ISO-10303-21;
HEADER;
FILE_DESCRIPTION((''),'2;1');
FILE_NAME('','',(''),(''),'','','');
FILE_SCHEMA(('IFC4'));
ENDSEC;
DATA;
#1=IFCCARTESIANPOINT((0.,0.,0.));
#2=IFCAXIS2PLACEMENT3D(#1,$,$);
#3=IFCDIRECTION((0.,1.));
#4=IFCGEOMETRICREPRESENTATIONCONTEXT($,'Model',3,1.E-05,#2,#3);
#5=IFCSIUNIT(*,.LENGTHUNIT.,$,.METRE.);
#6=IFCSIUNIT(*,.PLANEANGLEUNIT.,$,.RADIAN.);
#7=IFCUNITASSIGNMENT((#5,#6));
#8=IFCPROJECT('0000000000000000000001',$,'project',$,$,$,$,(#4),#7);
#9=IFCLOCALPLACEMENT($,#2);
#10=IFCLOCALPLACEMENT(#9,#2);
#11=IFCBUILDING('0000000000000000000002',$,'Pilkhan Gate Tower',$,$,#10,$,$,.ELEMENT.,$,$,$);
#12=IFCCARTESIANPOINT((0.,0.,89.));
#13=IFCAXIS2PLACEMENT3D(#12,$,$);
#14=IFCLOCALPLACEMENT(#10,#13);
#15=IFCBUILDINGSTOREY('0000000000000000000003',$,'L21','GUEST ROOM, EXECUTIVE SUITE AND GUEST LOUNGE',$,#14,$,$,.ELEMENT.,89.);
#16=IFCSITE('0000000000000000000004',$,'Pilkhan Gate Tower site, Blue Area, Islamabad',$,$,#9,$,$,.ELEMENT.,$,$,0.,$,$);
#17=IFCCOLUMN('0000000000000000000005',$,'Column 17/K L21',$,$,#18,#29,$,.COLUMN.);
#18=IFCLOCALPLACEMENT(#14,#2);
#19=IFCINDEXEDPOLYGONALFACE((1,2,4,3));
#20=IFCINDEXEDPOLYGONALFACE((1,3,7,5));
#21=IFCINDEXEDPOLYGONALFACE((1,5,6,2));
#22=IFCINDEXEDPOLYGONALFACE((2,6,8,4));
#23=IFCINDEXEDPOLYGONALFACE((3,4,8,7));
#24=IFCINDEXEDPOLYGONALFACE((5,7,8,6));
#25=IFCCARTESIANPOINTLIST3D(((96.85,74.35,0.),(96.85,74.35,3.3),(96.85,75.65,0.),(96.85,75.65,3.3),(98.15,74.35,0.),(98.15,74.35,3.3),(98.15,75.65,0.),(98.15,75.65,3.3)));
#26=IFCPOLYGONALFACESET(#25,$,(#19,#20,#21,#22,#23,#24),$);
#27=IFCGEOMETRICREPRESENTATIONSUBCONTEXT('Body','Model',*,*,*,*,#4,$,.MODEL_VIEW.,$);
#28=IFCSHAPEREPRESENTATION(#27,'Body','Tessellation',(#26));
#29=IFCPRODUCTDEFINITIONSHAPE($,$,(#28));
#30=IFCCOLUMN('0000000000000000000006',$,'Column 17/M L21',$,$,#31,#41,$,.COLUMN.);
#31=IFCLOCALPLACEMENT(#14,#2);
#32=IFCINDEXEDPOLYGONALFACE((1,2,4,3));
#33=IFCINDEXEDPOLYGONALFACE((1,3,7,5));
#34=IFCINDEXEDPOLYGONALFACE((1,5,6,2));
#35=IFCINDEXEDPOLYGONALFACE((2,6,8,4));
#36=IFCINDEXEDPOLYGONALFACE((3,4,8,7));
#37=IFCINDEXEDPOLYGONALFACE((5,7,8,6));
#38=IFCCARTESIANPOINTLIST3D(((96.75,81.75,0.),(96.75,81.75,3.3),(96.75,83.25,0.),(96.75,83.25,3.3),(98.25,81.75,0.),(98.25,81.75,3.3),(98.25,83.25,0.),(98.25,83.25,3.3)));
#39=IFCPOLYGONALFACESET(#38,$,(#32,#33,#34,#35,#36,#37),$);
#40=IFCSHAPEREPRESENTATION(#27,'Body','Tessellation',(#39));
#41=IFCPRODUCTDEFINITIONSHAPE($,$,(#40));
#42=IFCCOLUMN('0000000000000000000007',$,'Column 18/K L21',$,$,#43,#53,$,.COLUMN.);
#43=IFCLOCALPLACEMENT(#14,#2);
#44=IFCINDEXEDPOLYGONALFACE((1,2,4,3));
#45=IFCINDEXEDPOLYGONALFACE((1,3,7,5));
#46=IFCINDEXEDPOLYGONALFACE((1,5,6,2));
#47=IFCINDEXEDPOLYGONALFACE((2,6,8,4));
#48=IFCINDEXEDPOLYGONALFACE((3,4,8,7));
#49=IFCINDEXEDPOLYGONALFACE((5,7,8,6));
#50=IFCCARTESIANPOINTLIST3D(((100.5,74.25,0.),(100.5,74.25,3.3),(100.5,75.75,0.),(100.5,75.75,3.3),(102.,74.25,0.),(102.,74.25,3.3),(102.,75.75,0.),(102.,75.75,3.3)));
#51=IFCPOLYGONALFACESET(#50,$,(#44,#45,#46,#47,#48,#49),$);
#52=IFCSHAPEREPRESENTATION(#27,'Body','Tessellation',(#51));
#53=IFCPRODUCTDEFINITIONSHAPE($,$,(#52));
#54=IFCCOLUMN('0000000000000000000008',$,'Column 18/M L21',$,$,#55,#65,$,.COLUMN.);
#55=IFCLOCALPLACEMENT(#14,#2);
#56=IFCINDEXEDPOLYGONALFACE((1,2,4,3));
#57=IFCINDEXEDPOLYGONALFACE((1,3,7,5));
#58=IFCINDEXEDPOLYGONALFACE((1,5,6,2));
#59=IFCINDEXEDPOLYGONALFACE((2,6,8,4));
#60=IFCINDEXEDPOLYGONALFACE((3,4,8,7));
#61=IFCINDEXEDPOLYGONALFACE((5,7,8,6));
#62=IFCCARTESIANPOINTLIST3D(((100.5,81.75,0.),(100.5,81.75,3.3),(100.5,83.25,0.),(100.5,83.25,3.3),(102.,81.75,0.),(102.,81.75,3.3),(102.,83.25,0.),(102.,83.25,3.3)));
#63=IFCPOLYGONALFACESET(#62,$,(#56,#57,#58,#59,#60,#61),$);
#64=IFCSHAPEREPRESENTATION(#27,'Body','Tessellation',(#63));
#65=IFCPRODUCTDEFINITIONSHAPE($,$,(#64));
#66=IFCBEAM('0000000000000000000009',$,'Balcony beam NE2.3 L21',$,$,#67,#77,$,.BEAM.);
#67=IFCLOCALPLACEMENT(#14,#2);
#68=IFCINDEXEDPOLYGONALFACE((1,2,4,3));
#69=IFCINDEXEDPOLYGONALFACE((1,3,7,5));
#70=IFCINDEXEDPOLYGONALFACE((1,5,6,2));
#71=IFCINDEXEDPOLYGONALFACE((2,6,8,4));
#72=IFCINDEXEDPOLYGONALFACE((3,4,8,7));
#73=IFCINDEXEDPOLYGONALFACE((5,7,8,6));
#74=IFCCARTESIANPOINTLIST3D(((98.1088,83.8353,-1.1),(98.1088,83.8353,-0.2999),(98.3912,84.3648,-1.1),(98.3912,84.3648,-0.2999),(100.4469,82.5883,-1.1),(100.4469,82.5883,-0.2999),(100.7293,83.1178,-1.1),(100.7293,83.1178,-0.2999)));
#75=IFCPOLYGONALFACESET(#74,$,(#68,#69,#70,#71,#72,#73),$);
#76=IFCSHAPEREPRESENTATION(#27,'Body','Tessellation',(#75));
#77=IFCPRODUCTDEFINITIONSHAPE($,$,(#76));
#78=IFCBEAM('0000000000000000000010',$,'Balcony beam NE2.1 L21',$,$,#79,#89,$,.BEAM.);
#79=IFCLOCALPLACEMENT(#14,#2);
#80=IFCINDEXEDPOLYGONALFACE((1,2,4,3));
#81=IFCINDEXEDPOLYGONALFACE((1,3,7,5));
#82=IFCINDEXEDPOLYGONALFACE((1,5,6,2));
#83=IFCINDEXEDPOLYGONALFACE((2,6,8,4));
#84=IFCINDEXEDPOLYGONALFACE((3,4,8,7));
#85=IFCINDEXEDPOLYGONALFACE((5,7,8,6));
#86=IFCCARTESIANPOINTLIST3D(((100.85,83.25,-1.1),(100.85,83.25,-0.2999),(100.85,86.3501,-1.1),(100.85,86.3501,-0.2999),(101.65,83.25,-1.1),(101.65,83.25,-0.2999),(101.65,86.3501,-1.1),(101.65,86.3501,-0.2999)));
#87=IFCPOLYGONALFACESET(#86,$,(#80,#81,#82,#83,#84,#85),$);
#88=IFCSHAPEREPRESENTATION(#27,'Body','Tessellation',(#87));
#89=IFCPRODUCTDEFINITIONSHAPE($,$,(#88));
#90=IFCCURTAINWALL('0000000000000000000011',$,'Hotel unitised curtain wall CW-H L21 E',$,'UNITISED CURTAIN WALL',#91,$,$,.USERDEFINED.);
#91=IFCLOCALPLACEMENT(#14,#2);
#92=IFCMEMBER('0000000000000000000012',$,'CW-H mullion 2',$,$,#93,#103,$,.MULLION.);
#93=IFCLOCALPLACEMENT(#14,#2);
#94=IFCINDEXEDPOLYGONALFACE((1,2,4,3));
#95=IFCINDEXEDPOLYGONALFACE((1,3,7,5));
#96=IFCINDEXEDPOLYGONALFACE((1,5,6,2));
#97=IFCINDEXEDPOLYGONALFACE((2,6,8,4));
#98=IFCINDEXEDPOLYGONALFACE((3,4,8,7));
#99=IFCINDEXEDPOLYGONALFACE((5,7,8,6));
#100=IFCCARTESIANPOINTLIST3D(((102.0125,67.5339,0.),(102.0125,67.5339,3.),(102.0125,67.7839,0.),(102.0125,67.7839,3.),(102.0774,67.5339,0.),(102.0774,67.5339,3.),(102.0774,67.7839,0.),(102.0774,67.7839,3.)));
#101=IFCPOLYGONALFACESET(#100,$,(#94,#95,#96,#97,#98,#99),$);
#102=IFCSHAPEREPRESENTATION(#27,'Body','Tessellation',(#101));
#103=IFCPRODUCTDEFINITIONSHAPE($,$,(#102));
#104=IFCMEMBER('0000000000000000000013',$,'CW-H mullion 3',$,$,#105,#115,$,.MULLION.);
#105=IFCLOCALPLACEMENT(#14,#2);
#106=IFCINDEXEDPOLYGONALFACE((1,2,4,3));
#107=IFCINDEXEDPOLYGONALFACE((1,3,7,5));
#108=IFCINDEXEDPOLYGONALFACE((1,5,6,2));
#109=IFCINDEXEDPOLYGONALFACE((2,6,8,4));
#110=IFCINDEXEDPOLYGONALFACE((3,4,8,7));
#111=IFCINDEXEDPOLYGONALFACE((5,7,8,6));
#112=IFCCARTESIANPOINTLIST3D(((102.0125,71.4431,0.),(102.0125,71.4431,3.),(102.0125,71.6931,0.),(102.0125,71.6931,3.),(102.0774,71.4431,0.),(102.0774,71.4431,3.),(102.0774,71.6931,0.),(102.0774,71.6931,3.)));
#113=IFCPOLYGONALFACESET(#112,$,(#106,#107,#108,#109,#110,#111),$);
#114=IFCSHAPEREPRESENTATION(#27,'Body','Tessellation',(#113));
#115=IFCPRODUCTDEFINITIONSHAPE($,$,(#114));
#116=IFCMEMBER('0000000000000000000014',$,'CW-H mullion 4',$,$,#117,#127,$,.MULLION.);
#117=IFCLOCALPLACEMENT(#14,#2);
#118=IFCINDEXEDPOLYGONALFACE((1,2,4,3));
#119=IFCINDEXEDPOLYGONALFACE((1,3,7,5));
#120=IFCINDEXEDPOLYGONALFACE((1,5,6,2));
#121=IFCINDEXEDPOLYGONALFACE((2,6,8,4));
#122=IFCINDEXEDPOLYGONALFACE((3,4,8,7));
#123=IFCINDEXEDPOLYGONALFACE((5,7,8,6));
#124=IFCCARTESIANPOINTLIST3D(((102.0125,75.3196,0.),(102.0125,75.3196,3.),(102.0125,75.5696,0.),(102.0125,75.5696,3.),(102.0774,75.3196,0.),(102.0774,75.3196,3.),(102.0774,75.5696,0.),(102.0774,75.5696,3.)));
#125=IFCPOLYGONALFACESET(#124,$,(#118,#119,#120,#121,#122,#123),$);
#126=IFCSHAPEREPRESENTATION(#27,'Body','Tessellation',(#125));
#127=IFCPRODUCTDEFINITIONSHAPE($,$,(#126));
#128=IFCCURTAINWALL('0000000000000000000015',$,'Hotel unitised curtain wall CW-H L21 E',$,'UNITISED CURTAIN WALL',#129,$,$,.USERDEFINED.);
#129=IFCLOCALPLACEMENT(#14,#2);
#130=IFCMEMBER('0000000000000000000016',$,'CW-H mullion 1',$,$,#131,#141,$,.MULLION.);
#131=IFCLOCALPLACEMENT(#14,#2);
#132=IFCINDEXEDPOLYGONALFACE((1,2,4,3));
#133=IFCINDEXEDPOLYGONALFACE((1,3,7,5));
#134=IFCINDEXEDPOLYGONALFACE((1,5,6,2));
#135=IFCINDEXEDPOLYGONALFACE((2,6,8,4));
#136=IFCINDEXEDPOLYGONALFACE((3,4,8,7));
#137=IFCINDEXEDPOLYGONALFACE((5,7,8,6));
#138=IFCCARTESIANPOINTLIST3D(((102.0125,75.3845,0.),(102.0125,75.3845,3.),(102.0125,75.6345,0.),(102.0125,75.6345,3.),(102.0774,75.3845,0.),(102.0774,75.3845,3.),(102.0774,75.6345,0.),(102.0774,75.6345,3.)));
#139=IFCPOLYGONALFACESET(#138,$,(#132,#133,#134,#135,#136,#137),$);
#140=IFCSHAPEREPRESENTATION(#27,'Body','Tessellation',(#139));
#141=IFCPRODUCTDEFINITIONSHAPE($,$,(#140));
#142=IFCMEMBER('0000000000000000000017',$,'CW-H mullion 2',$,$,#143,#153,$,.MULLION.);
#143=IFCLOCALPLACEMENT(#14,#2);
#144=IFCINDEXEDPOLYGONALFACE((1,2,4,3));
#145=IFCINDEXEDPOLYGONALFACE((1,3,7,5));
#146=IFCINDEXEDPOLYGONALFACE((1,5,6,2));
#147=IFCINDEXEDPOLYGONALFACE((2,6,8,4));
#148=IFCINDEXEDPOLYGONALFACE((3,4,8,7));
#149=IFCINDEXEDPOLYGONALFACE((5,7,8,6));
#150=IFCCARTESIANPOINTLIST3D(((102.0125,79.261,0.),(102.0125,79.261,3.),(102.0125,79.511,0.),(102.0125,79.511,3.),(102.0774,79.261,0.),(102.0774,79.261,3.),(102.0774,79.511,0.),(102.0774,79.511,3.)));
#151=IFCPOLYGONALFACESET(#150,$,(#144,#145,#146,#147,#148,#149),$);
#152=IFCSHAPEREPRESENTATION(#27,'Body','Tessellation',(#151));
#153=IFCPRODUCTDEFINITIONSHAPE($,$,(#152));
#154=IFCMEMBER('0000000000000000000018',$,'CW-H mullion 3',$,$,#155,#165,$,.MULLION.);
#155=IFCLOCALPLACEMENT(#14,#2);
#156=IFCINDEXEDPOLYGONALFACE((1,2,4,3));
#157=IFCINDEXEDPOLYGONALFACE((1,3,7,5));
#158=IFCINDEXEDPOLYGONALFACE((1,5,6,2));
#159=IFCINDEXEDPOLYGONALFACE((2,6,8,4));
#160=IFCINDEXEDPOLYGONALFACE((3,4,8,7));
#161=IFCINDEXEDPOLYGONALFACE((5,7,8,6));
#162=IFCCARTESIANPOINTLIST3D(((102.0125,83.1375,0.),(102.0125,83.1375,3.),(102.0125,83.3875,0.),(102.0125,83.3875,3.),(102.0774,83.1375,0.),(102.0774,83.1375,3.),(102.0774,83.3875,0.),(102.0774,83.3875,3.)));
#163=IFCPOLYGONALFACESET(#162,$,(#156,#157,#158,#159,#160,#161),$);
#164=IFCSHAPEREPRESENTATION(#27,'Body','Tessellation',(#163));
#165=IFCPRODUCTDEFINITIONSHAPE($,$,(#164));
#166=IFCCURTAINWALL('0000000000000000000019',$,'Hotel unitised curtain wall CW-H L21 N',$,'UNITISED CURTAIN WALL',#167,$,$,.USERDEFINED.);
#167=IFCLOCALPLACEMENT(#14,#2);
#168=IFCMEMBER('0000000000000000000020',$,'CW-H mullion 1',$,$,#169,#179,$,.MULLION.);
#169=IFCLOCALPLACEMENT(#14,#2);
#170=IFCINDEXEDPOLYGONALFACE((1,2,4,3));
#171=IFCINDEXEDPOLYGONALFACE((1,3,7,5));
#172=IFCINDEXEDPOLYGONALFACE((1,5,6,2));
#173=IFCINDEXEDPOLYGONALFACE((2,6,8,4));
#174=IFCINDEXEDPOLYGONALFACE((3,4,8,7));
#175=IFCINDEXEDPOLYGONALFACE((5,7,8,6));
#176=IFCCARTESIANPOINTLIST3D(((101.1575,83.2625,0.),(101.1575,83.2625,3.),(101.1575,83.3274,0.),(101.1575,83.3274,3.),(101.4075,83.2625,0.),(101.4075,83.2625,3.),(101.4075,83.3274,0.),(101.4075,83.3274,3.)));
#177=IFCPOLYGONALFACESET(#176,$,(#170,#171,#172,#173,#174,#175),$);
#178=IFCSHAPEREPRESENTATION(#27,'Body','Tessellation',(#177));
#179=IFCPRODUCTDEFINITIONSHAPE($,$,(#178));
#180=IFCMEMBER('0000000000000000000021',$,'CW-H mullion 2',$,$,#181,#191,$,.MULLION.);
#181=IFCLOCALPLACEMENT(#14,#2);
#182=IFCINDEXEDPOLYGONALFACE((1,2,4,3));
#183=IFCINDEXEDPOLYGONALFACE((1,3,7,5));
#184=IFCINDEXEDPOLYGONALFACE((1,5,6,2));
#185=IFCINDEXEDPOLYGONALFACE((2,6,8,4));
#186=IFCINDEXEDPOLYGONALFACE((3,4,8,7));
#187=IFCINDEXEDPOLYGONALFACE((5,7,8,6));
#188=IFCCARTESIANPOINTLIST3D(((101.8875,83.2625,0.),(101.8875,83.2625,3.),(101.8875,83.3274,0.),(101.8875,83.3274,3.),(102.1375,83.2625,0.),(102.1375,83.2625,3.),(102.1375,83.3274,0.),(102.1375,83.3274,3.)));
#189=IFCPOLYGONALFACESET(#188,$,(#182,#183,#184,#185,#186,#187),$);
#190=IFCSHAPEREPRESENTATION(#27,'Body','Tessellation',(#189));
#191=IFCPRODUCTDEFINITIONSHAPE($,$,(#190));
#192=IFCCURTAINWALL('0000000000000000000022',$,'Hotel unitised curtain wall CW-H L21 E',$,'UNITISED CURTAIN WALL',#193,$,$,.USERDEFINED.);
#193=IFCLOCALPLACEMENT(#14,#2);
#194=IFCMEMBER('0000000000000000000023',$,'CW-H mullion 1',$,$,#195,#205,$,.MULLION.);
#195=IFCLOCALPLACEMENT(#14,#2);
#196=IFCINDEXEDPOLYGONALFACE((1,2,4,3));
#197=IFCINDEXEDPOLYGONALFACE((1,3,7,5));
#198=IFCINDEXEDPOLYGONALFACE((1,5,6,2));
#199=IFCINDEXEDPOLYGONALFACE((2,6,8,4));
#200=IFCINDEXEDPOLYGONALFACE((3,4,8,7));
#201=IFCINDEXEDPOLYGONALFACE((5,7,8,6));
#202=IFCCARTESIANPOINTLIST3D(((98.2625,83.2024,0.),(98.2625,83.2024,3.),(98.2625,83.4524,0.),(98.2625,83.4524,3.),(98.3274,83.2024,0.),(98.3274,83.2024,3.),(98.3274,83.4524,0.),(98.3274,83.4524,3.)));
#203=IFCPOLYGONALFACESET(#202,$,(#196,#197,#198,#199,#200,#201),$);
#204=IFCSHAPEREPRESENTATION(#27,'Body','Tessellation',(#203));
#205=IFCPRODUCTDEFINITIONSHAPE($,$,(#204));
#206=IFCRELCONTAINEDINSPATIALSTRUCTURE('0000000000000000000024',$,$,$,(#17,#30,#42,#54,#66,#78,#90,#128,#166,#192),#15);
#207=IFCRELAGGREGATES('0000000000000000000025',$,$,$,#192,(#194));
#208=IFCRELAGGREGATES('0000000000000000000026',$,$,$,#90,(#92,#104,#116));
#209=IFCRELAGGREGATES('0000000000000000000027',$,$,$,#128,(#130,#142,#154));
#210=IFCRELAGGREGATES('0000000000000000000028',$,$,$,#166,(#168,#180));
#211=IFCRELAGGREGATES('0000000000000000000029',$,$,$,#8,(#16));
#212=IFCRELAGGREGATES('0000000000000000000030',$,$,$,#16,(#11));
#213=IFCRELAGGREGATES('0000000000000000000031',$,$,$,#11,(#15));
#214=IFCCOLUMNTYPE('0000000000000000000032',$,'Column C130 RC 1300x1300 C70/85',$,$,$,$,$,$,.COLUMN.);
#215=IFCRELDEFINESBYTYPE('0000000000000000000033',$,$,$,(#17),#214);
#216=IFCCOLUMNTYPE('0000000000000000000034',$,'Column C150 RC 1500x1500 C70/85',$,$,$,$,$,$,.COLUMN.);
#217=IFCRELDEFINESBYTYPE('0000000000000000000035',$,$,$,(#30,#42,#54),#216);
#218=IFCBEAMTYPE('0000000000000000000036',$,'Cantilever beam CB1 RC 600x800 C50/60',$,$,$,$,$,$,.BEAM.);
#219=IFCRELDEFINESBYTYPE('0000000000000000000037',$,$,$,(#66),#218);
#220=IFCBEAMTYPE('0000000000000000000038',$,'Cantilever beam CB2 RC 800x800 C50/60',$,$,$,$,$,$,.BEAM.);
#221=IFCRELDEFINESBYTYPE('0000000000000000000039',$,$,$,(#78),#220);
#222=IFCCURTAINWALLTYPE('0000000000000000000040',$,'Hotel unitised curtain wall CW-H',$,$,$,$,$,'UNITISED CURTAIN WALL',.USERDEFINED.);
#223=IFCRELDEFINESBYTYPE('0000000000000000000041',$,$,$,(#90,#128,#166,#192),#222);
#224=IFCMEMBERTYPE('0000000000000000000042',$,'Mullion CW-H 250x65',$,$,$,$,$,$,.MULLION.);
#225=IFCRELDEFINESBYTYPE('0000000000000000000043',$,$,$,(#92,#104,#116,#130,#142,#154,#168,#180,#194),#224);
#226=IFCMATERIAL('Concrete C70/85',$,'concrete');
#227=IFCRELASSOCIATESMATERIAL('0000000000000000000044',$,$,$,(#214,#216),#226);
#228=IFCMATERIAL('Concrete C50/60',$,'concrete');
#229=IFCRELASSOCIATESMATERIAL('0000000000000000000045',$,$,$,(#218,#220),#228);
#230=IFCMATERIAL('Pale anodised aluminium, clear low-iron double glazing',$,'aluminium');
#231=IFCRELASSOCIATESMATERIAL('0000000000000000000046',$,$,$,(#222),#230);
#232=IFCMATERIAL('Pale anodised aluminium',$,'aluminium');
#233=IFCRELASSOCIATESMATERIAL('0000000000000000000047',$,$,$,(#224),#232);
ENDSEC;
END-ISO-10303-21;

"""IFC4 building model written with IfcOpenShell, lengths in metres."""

from ifc_helpers import new_model, si_unit, direction, frame, origin, origin_2d, place, context, subcontext, project, spatial, rectangle, extrude, material, material_profile, profile_set, type_object, element, aggregate, save


model = new_model("IFC4")

# Units and contexts
model_context = context("Model", 3, precision=1e-05, world=origin(), true_north=direction((0.0, 1.0)))
body_context = subcontext(model_context, "Body", "Model", "MODEL_VIEW")
ifc_project = project(units=[si_unit("LENGTHUNIT", "METRE"), si_unit("PLANEANGLEUNIT", "RADIAN")], contexts=[model_context])

# Site, building, storey
site_placement = place(None, origin())
site = spatial("IfcSite", under=ifc_project, at=site_placement, Name="Pilkhan Gate Tower site, Blue Area, Islamabad", CompositionType="ELEMENT", RefElevation=0.0)
building_placement = place(site_placement, origin())
building = spatial("IfcBuilding", under=site, at=building_placement, Name="Pilkhan Gate Tower", CompositionType="ELEMENT")
storey_placement = place(building_placement, frame((0.0, 0.0, 89.0)))
storey = spatial("IfcBuildingStorey", under=building, at=storey_placement, Name="L21", Description="GUEST ROOM, EXECUTIVE SUITE AND GUEST LOUNGE", CompositionType="ELEMENT", Elevation=89.0)

# Columns
ifc_material_1 = material(Name="Concrete C70/85", Category="concrete")
ifc_material_profile_1 = material_profile(ifc_material_1, rectangle(XDim=1.3, YDim=1.3, at=origin_2d()), Name="RC 1300x1300")
ifc_profile_set_1 = profile_set([ifc_material_profile_1], Name="Concrete C70/85")
column_type_1 = type_object("IfcColumnType", Name="Column C130 RC 1300x1300 C70/85", PredefinedType="COLUMN", material=ifc_profile_set_1)
column_placement = place(storey_placement, frame((97.5, 75.0, 0.0), z_axis=(0.0, 0.0, 1.0), x_axis=(1.0, 0.0, 0.0)))
element("IfcColumn", 1, at=column_placement, inside=storey, type_object=column_type_1, Name="Column 17/K L21", PredefinedType="COLUMN", context=body_context, shape_type="SweptSolid", body=[
    extrude(rectangle(XDim=1.3, YDim=1.3, at=origin_2d()), origin(), (0.0, 0.0, 1.0), 3.3),
])
ifc_material_profile_2 = material_profile(ifc_material_1, rectangle(XDim=1.5, YDim=1.5, at=origin_2d()), Name="RC 1500x1500")
ifc_profile_set_2 = profile_set([ifc_material_profile_2], Name="Concrete C70/85")
column_type_2 = type_object("IfcColumnType", Name="Column C150 RC 1500x1500 C70/85", PredefinedType="COLUMN", material=ifc_profile_set_2)
for number, where, z_axis, x_axis, name in (
    (2, (97.5, 82.5, 0.0), (0.0, 0.0, 1.0), (1.0, 0.0, 0.0), "Column 17/M L21"),
    (3, (101.25, 75.0, 0.0), (0.0, 0.0, 1.0), (1.0, 0.0, 0.0), "Column 18/K L21"),
    (4, (101.25, 82.5, 0.0), (0.0, 0.0, 1.0), (1.0, 0.0, 0.0), "Column 18/M L21"),
):
    element("IfcColumn", number, at=place(storey_placement, frame(where, z_axis=z_axis, x_axis=x_axis)), inside=storey, type_object=column_type_2, Name=name, PredefinedType="COLUMN", context=body_context, shape_type="SweptSolid", body=[
        extrude(rectangle(XDim=1.5, YDim=1.5, at=origin_2d()), origin(), (0.0, 0.0, 1.0), 3.3),
    ])

# Beams
ifc_material_2 = material(Name="Concrete C50/60", Category="concrete")
ifc_material_profile_3 = material_profile(ifc_material_2, rectangle(XDim=0.6001, YDim=0.8, at=origin_2d()), Name="RC 600x800")
ifc_profile_set_3 = profile_set([ifc_material_profile_3], Name="Concrete C50/60")
beam_type_1 = type_object("IfcBeamType", Name="Cantilever beam CB1 RC 600x800 C50/60", PredefinedType="BEAM", material=ifc_profile_set_3)
beam_1_placement = place(storey_placement, frame((100.5881, 82.853, -0.7), z_axis=(-0.882343, 0.470607, 0.0), x_axis=(-0.470607, -0.882343, 0.0)))
element("IfcBeam", 5, at=beam_1_placement, inside=storey, type_object=beam_type_1, Name="Balcony beam NE2.3 L21", PredefinedType="BEAM", context=body_context, shape_type="SweptSolid", body=[
    extrude(rectangle(XDim=0.6001, YDim=0.8, at=origin_2d()), origin(), (0.0, 0.0, 1.0), 2.6499),
])
ifc_material_profile_4 = material_profile(ifc_material_2, rectangle(XDim=0.8, YDim=0.8, at=origin_2d()), Name="RC 800x800")
ifc_profile_set_4 = profile_set([ifc_material_profile_4], Name="Concrete C50/60")
beam_type_2 = type_object("IfcBeamType", Name="Cantilever beam CB2 RC 800x800 C50/60", PredefinedType="BEAM", material=ifc_profile_set_4)
beam_2_placement = place(storey_placement, frame((101.25, 83.25, -0.7), z_axis=(0.0, 1.0, 0.0), x_axis=(-1.0, 0.0, 0.0)))
element("IfcBeam", 6, at=beam_2_placement, inside=storey, type_object=beam_type_2, Name="Balcony beam NE2.1 L21", PredefinedType="BEAM", context=body_context, shape_type="SweptSolid", body=[
    extrude(rectangle(XDim=0.8, YDim=0.8, at=origin_2d()), origin(), (0.0, 0.0, 1.0), 3.1001),
])

# Curtain walls, members
ifc_material_3 = material(Name="Pale anodised aluminium, clear low-iron double glazing", Category="aluminium")
curtain_wall_type = type_object("IfcCurtainWallType", Name="Hotel unitised curtain wall CW-H", ElementType="UNITISED CURTAIN WALL", PredefinedType="USERDEFINED", material=ifc_material_3)
curtain_wall_1_placement = place(storey_placement, origin())
curtain_wall_1 = element("IfcCurtainWall", 7, at=curtain_wall_1_placement, inside=storey, type_object=curtain_wall_type, Name="Hotel unitised curtain wall CW-H L21 E", ObjectType="UNITISED CURTAIN WALL", PredefinedType="USERDEFINED")
ifc_material_4 = material(Name="Pale anodised aluminium", Category="aluminium")
ifc_material_profile_5 = material_profile(ifc_material_4, rectangle(XDim=0.0649, YDim=0.25, at=origin_2d()), Name="Mullion 250x65")
ifc_profile_set_5 = profile_set([ifc_material_profile_5], Name="Pale anodised aluminium")
member_type_1 = type_object("IfcMemberType", Name="Mullion CW-H 250x65", PredefinedType="MULLION", material=ifc_profile_set_5)
member_1_placement = place(storey_placement, frame((102.0449, 67.6589, 0.0), z_axis=(0.0, 0.0, 1.0), x_axis=(-1.0, 0.0, 0.0)))
member_1 = element("IfcMember", 8, at=member_1_placement, type_object=member_type_1, Name="CW-H mullion 2", PredefinedType="MULLION", context=body_context, shape_type="SweptSolid", body=[
    extrude(rectangle(XDim=0.0649, YDim=0.25, at=origin_2d()), origin(), (0.0, 0.0, 1.0), 3.0),
])
member_2_placement = place(storey_placement, frame((102.0449, 71.5681, 0.0), z_axis=(0.0, 0.0, 1.0), x_axis=(-1.0, 0.0, 0.0)))
member_2 = element("IfcMember", 9, at=member_2_placement, type_object=member_type_1, Name="CW-H mullion 3", PredefinedType="MULLION", context=body_context, shape_type="SweptSolid", body=[
    extrude(rectangle(XDim=0.0649, YDim=0.25, at=origin_2d()), origin(), (0.0, 0.0, 1.0), 3.0),
])
member_3_placement = place(storey_placement, frame((102.0449, 75.4446, 0.0), z_axis=(0.0, 0.0, 1.0), x_axis=(-1.0, 0.0, 0.0)))
member_3 = element("IfcMember", 10, at=member_3_placement, type_object=member_type_1, Name="CW-H mullion 4", PredefinedType="MULLION", context=body_context, shape_type="SweptSolid", body=[
    extrude(rectangle(XDim=0.0649, YDim=0.25, at=origin_2d()), origin(), (0.0, 0.0, 1.0), 3.0),
])
curtain_wall_2_placement = place(storey_placement, origin())
curtain_wall_2 = element("IfcCurtainWall", 11, at=curtain_wall_2_placement, inside=storey, type_object=curtain_wall_type, Name="Hotel unitised curtain wall CW-H L21 E", ObjectType="UNITISED CURTAIN WALL", PredefinedType="USERDEFINED")
member_4_placement = place(storey_placement, frame((102.0449, 75.5095, 0.0), z_axis=(0.0, 0.0, 1.0), x_axis=(-1.0, 0.0, 0.0)))
member_4 = element("IfcMember", 12, at=member_4_placement, type_object=member_type_1, Name="CW-H mullion 1", PredefinedType="MULLION", context=body_context, shape_type="SweptSolid", body=[
    extrude(rectangle(XDim=0.0649, YDim=0.25, at=origin_2d()), origin(), (0.0, 0.0, 1.0), 3.0),
])
member_5_placement = place(storey_placement, frame((102.0449, 79.386, 0.0), z_axis=(0.0, 0.0, 1.0), x_axis=(-1.0, 0.0, 0.0)))
member_5 = element("IfcMember", 13, at=member_5_placement, type_object=member_type_1, Name="CW-H mullion 2", PredefinedType="MULLION", context=body_context, shape_type="SweptSolid", body=[
    extrude(rectangle(XDim=0.0649, YDim=0.25, at=origin_2d()), origin(), (0.0, 0.0, 1.0), 3.0),
])
member_6_placement = place(storey_placement, frame((102.0449, 83.2625, 0.0), z_axis=(0.0, 0.0, 1.0), x_axis=(-1.0, 0.0, 0.0)))
member_6 = element("IfcMember", 14, at=member_6_placement, type_object=member_type_1, Name="CW-H mullion 3", PredefinedType="MULLION", context=body_context, shape_type="SweptSolid", body=[
    extrude(rectangle(XDim=0.0649, YDim=0.25, at=origin_2d()), origin(), (0.0, 0.0, 1.0), 3.0),
])
curtain_wall_3_placement = place(storey_placement, origin())
curtain_wall_3 = element("IfcCurtainWall", 15, at=curtain_wall_3_placement, inside=storey, type_object=curtain_wall_type, Name="Hotel unitised curtain wall CW-H L21 N", ObjectType="UNITISED CURTAIN WALL", PredefinedType="USERDEFINED")
member_7_placement = place(storey_placement, frame((101.2825, 83.2949, 0.0), z_axis=(0.0, 0.0, 1.0), x_axis=(0.0, 1.0, 0.0)))
member_7 = element("IfcMember", 16, at=member_7_placement, type_object=member_type_1, Name="CW-H mullion 1", PredefinedType="MULLION", context=body_context, shape_type="SweptSolid", body=[
    extrude(rectangle(XDim=0.0649, YDim=0.25, at=origin_2d()), origin(), (0.0, 0.0, 1.0), 3.0),
])
member_8_placement = place(storey_placement, frame((102.0125, 83.2949, 0.0), z_axis=(0.0, 0.0, 1.0), x_axis=(0.0, 1.0, 0.0)))
member_8 = element("IfcMember", 17, at=member_8_placement, type_object=member_type_1, Name="CW-H mullion 2", PredefinedType="MULLION", context=body_context, shape_type="SweptSolid", body=[
    extrude(rectangle(XDim=0.0649, YDim=0.25, at=origin_2d()), origin(), (0.0, 0.0, 1.0), 3.0),
])

# Curtain wall, member
curtain_wall_4_placement = place(storey_placement, origin())
curtain_wall_4 = element("IfcCurtainWall", 18, at=curtain_wall_4_placement, inside=storey, type_object=curtain_wall_type, Name="Hotel unitised curtain wall CW-H L21 E", ObjectType="UNITISED CURTAIN WALL", PredefinedType="USERDEFINED")
member_9_placement = place(storey_placement, frame((98.2949, 83.3274, 0.0), z_axis=(0.0, 0.0, 1.0), x_axis=(-1.0, 0.0, 0.0)))
member_9 = element("IfcMember", 19, at=member_9_placement, type_object=member_type_1, Name="CW-H mullion 1", PredefinedType="MULLION", context=body_context, shape_type="SweptSolid", body=[
    extrude(rectangle(XDim=0.0649, YDim=0.25, at=origin_2d()), origin(), (0.0, 0.0, 1.0), 3.0),
])
aggregate(curtain_wall_4, [member_9])

aggregate(curtain_wall_1, [member_1, member_2, member_3])
aggregate(curtain_wall_2, [member_4, member_5, member_6])
aggregate(curtain_wall_3, [member_7, member_8])

save(model, "model.ifc")
